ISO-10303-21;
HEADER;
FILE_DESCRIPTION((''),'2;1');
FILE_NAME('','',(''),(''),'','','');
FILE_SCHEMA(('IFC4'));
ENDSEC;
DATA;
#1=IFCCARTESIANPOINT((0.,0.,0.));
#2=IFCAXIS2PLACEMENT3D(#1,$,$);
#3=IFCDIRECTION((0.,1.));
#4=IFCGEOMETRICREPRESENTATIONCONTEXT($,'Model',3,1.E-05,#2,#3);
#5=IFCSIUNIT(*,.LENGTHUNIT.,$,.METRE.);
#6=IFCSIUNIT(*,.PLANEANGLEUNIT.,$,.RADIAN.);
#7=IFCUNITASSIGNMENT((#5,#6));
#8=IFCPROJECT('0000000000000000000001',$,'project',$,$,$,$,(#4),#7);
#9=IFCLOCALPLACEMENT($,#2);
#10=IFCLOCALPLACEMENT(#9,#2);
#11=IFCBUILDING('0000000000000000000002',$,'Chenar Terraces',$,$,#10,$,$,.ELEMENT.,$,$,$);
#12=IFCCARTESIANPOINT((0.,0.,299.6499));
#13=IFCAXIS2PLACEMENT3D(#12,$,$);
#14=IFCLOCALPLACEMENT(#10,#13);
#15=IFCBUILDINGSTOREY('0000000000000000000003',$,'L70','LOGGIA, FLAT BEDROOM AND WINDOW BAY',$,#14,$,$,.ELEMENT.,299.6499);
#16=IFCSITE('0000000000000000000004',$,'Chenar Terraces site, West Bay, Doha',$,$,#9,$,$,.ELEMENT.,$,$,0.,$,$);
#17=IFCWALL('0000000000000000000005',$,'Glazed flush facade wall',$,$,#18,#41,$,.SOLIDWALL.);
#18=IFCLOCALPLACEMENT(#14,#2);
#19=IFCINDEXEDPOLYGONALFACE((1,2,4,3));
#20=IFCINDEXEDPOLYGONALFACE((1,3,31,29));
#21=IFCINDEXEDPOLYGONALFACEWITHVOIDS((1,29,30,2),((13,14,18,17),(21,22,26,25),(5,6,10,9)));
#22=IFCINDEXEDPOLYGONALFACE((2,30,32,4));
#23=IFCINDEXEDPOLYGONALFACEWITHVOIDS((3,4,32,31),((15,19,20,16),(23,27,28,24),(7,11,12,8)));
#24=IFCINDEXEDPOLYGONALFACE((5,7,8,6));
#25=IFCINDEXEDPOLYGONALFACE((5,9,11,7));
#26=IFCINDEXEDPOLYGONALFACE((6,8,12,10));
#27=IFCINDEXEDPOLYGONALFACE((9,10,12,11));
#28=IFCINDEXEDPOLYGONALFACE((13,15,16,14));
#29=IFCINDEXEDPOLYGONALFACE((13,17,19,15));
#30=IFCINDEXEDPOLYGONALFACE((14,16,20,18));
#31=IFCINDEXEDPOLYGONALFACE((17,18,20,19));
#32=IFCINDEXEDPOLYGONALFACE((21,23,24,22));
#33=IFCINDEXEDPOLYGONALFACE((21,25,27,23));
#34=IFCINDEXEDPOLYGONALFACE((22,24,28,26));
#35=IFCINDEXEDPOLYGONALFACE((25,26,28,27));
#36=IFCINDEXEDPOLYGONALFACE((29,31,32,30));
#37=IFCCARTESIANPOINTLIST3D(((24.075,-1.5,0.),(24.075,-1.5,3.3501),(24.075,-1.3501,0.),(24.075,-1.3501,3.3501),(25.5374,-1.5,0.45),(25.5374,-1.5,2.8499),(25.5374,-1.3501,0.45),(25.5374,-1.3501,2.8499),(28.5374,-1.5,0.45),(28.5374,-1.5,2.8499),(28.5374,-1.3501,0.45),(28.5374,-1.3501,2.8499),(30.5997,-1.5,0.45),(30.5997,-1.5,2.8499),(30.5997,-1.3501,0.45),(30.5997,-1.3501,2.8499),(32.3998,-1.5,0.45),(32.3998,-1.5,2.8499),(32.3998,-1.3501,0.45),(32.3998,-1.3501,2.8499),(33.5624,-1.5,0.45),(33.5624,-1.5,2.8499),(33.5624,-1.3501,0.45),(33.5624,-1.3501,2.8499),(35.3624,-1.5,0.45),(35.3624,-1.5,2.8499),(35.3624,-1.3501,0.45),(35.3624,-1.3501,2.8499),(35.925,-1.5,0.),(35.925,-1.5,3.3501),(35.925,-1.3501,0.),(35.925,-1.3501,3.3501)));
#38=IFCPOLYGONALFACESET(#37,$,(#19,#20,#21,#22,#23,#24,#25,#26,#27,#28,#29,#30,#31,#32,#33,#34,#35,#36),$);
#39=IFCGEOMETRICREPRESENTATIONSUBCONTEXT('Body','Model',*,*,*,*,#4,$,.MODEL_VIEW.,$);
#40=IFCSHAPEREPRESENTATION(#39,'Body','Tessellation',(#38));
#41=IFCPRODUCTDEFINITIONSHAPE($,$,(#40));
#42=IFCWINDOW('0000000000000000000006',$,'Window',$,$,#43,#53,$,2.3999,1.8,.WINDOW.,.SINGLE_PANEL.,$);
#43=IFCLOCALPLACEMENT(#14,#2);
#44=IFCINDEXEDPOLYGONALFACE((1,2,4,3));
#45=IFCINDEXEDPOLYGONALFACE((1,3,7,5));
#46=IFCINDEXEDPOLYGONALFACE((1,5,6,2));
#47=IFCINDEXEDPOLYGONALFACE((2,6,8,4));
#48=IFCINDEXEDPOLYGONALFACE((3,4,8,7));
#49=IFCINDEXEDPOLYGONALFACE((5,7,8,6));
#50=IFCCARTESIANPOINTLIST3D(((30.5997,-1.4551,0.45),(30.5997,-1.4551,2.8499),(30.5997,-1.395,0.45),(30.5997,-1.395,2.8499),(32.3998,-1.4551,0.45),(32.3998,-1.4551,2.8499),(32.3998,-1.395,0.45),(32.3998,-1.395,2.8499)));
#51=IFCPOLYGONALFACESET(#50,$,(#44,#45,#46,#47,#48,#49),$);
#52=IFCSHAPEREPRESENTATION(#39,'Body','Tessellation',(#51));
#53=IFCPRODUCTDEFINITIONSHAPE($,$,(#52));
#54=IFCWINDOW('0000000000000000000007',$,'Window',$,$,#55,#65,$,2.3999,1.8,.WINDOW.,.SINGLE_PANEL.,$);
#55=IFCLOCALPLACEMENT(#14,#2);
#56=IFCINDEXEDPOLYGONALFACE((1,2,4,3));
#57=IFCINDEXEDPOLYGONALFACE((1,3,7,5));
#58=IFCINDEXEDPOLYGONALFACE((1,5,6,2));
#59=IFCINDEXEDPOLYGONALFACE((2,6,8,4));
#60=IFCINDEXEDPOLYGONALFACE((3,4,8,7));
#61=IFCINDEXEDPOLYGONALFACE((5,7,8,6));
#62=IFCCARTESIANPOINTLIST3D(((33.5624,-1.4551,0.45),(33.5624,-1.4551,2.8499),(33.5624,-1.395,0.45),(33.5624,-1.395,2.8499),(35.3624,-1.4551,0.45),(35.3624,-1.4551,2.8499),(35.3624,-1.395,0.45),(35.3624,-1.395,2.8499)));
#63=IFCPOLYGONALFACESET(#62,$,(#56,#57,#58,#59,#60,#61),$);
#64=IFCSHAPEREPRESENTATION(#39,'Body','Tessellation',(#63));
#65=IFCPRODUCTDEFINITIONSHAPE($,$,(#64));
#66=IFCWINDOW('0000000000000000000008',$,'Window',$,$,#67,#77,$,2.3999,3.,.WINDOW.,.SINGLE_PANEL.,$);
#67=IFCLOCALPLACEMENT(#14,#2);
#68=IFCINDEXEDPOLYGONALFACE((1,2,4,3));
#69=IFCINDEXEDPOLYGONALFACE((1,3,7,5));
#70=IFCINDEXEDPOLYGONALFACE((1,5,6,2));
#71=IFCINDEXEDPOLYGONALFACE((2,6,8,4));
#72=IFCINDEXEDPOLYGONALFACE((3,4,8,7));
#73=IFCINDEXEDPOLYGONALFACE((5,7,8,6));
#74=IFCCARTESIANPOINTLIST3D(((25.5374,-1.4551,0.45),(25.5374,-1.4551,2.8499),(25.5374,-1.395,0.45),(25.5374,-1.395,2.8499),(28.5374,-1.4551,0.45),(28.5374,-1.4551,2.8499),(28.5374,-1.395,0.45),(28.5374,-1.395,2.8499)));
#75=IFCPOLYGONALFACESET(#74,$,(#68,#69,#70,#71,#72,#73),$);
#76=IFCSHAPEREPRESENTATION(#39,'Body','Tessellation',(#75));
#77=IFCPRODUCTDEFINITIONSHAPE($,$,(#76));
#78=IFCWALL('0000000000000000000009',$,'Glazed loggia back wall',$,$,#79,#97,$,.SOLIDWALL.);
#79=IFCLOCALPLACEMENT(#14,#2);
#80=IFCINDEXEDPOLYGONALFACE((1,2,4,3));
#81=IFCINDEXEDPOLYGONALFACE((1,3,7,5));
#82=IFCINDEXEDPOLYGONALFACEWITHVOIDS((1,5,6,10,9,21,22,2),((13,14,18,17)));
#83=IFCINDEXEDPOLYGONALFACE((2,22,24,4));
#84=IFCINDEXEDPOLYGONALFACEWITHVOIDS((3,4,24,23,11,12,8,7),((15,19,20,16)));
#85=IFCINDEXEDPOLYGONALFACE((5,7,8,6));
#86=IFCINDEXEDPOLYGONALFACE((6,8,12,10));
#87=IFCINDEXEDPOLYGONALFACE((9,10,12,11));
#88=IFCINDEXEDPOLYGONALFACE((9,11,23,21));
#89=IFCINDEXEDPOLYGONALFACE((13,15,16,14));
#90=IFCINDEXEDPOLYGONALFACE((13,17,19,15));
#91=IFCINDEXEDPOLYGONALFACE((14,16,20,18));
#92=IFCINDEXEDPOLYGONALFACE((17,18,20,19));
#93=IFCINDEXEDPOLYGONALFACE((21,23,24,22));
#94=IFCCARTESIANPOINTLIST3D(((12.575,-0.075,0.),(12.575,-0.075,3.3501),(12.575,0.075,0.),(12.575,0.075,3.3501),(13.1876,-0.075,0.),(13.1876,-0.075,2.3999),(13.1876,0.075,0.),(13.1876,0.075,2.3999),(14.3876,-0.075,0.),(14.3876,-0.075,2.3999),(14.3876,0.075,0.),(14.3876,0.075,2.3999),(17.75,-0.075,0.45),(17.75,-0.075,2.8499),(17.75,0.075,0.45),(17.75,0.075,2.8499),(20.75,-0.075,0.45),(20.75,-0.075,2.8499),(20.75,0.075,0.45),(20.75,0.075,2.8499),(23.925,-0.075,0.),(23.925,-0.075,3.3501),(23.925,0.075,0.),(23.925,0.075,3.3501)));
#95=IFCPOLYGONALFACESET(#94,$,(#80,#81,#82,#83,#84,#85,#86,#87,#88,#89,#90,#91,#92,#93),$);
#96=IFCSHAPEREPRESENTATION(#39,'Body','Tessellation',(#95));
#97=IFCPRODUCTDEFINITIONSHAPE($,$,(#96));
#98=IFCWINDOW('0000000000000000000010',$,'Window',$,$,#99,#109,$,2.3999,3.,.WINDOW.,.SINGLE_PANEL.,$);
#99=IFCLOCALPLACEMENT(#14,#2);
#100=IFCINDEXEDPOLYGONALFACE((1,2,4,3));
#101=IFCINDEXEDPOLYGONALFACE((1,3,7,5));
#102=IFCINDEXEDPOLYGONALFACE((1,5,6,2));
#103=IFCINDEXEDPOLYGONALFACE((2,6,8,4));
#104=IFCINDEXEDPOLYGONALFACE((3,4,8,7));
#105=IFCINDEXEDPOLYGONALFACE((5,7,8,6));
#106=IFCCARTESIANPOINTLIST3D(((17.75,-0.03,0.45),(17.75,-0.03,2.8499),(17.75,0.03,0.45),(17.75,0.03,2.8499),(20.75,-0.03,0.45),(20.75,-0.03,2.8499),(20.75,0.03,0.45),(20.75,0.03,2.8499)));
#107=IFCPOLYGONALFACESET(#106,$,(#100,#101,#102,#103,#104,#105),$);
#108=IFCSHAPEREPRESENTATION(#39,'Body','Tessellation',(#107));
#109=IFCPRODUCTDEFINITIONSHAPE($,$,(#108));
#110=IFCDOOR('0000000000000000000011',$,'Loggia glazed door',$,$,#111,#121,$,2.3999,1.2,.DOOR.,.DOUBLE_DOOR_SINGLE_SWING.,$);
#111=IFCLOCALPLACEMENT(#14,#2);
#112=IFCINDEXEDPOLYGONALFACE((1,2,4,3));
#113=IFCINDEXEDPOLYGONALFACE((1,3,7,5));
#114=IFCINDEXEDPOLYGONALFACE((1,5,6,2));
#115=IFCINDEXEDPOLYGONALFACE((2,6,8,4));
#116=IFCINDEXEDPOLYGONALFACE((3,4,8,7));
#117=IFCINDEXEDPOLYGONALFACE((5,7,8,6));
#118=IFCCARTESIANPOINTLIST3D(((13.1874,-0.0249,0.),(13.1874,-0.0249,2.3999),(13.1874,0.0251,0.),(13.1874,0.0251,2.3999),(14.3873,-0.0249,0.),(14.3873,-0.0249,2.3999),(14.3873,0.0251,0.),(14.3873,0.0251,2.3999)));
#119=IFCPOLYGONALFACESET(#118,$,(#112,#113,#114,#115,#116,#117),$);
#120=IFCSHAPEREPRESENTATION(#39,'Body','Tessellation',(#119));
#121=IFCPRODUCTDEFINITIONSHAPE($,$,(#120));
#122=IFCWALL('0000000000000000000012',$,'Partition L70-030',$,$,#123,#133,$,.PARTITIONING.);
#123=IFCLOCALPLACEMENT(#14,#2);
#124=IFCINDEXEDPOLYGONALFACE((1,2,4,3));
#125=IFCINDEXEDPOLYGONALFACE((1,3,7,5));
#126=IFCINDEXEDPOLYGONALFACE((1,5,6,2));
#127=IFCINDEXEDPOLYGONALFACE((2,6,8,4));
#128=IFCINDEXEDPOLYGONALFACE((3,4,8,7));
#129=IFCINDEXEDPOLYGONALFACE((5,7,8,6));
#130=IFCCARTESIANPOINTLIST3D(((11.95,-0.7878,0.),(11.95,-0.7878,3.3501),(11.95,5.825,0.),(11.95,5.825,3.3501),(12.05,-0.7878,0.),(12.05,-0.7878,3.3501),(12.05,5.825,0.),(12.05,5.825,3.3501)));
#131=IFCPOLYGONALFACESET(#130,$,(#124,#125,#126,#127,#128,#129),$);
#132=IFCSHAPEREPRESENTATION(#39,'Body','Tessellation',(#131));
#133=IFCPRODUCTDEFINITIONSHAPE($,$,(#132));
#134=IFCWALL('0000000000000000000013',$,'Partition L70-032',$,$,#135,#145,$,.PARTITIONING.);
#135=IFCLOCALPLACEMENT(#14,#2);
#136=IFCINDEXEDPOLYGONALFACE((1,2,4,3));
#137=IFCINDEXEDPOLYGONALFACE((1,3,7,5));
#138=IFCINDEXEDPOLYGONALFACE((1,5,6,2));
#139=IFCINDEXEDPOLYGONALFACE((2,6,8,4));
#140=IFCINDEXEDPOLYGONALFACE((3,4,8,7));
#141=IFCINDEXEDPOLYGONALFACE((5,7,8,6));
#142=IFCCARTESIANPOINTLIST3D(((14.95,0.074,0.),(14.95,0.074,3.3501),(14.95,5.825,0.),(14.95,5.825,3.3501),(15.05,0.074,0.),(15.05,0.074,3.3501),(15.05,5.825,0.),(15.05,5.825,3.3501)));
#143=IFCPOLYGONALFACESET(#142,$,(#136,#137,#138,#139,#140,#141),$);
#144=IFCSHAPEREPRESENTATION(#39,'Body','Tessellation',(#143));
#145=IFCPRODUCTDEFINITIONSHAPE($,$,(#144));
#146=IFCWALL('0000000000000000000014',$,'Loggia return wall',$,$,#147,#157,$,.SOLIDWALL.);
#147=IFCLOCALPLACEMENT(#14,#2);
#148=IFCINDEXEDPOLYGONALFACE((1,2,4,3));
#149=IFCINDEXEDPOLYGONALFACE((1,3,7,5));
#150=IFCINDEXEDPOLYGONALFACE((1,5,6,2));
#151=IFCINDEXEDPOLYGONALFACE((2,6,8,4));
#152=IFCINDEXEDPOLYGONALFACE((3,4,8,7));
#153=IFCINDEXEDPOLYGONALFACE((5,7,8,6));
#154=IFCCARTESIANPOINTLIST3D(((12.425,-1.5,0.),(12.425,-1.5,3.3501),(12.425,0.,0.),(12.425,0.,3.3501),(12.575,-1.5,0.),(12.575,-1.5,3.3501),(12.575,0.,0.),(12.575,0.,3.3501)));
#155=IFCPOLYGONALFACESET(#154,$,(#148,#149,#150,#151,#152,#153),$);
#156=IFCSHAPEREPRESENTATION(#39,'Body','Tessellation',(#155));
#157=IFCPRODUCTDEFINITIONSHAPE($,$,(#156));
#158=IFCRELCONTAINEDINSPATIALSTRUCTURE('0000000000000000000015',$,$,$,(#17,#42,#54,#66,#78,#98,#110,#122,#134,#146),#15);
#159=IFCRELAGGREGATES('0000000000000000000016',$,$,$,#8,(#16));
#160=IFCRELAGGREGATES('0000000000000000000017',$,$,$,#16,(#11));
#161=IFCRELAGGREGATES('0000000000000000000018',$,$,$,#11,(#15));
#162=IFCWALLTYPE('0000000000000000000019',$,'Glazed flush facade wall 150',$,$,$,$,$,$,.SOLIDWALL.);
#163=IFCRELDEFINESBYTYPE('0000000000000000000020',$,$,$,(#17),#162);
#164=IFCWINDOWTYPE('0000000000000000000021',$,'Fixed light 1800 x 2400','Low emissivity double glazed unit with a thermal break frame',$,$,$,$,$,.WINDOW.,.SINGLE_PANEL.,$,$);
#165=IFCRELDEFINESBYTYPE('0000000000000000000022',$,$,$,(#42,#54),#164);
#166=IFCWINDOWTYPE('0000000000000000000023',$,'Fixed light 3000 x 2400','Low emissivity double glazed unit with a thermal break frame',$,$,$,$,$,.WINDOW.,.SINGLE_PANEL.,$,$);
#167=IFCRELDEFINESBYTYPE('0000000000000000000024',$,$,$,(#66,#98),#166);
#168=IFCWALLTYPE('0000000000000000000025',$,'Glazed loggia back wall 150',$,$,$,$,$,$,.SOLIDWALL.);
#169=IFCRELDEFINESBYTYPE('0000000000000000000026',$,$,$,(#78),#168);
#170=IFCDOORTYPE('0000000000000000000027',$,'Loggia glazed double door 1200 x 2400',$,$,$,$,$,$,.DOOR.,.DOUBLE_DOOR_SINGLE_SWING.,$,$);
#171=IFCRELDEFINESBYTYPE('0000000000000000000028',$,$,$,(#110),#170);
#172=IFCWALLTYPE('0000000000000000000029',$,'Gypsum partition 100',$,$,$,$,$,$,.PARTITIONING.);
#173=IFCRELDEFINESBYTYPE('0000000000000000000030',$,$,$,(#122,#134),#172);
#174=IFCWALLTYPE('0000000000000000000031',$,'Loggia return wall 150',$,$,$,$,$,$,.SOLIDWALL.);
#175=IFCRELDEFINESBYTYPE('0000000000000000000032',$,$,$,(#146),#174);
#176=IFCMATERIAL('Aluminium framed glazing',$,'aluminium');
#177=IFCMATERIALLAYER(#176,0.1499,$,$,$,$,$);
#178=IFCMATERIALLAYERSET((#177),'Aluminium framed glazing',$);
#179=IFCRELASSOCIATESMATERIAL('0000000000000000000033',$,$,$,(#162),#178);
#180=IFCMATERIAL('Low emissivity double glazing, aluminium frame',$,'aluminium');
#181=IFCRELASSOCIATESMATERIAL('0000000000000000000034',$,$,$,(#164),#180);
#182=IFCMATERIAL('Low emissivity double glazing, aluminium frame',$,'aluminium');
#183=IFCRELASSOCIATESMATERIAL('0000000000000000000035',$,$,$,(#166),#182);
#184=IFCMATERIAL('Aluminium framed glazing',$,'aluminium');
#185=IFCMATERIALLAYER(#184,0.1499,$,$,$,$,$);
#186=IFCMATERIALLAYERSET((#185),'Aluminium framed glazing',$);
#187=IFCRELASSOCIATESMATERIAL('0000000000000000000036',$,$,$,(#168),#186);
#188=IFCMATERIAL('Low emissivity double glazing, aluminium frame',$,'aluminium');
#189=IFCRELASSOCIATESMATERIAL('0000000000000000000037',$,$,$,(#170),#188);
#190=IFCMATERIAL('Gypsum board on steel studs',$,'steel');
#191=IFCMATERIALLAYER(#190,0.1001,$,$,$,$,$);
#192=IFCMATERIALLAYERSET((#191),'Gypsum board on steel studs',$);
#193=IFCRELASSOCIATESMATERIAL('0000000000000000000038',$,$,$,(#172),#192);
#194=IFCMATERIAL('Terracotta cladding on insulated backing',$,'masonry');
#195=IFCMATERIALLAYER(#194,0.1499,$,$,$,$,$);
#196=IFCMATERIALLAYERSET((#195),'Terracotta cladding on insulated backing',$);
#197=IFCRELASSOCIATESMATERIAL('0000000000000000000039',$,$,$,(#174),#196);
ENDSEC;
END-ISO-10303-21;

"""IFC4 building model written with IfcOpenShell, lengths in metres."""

from ifc_helpers import new_model, si_unit, direction, frame, frame_2d, origin, place, context, subcontext, project, spatial, rectangle, extrude, material, layer, layer_set, type_object, element, fill, save


model = new_model("IFC4")

# Units and contexts
model_context = context("Model", 3, precision=1e-05, world=origin(), true_north=direction((0.0, 1.0)))
body_context = subcontext(model_context, "Body", "Model", "MODEL_VIEW")
ifc_project = project(units=[si_unit("LENGTHUNIT", "METRE"), si_unit("PLANEANGLEUNIT", "RADIAN")], contexts=[model_context])

# Site, building, storey
site_placement = place(None, origin())
site = spatial("IfcSite", under=ifc_project, at=site_placement, Name="Chenar Terraces site, West Bay, Doha", CompositionType="ELEMENT", RefElevation=0.0)
building_placement = place(site_placement, origin())
building = spatial("IfcBuilding", under=site, at=building_placement, Name="Chenar Terraces", CompositionType="ELEMENT")
storey_placement = place(building_placement, frame((0.0, 0.0, 299.6499)))
storey = spatial("IfcBuildingStorey", under=building, at=storey_placement, Name="L70", Description="LOGGIA, FLAT BEDROOM AND WINDOW BAY", CompositionType="ELEMENT", Elevation=299.6499)

# Wall, openings, windows
ifc_material_1 = material(Name="Aluminium framed glazing", Category="aluminium")
ifc_layer_1 = layer(ifc_material_1, 0.1499)
ifc_layer_set_1 = layer_set([ifc_layer_1], Name="Aluminium framed glazing")
wall_type_1 = type_object("IfcWallType", Name="Glazed flush facade wall 150", PredefinedType="SOLIDWALL", material=ifc_layer_set_1)
wall_1_placement = place(storey_placement, frame((24.075, -1.425, 0.0), z_axis=(0.0, 0.0, 1.0), x_axis=(1.0, 0.0, 0.0)))
wall_1 = element("IfcWall", 1, at=wall_1_placement, inside=storey, type_object=wall_type_1, Name="Glazed flush facade wall", PredefinedType="SOLIDWALL", context=body_context, shape_type="SweptSolid", body=[
    extrude(rectangle(XDim=11.8501, YDim=0.1499, at=frame_2d((5.925, 0.0))), origin(), (0.0, 0.0, 1.0), 3.3501),
])
opening_1_placement = place(wall_1_placement, frame((1.4624, 0.0, 0.45)))
opening_1 = element("IfcOpeningElement", 2, at=opening_1_placement, cuts=wall_1, PredefinedType="OPENING", context=body_context, shape_type="SweptSolid", body=[
    extrude(rectangle(XDim=3.0, YDim=2.3999, at=frame_2d((1.5, 1.2))), frame((0.0, 0.085, 0.0), z_axis=(0.0, -1.0, 0.0), x_axis=(1.0, 0.0, 0.0)), (0.0, 0.0, 1.0), 0.1699),
])
opening_2_placement = place(wall_1_placement, frame((6.5249, 0.0, 0.45)))
opening_2 = element("IfcOpeningElement", 3, at=opening_2_placement, cuts=wall_1, PredefinedType="OPENING", context=body_context, shape_type="SweptSolid", body=[
    extrude(rectangle(XDim=1.8, YDim=2.3999, at=frame_2d((0.8999, 1.2))), frame((0.0, 0.085, 0.0), z_axis=(0.0, -1.0, 0.0), x_axis=(1.0, 0.0, 0.0)), (0.0, 0.0, 1.0), 0.1699),
])
opening_3_placement = place(wall_1_placement, frame((9.4875, 0.0, 0.45)))
opening_3 = element("IfcOpeningElement", 4, at=opening_3_placement, cuts=wall_1, PredefinedType="OPENING", context=body_context, shape_type="SweptSolid", body=[
    extrude(rectangle(XDim=1.8, YDim=2.3999, at=frame_2d((0.8999, 1.2))), frame((0.0, 0.085, 0.0), z_axis=(0.0, -1.0, 0.0), x_axis=(1.0, 0.0, 0.0)), (0.0, 0.0, 1.0), 0.1699),
])
ifc_material_2 = material(Name="Low emissivity double glazing, aluminium frame", Category="aluminium")
window_type_1 = type_object("IfcWindowType", Name="Fixed light 1800 x 2400", Description="Low emissivity double glazed unit with a thermal break frame", PartitioningType="SINGLE_PANEL", PredefinedType="WINDOW", material=ifc_material_2)
window_1_placement = place(opening_2_placement, origin())
window_1 = element("IfcWindow", 5, at=window_1_placement, inside=storey, type_object=window_type_1, Name="Window", OverallHeight=2.3999, OverallWidth=1.8, PartitioningType="SINGLE_PANEL", PredefinedType="WINDOW", context=body_context, shape_type="SweptSolid", body=[
    extrude(rectangle(XDim=1.8, YDim=2.3999, at=frame_2d((0.8999, 1.2))), frame((0.0, 0.03, 0.0), z_axis=(0.0, -1.0, 0.0), x_axis=(1.0, 0.0, 0.0)), (0.0, 0.0, 1.0), 0.0601),
])
fill(opening_2, window_1)
window_2_placement = place(opening_3_placement, origin())
window_2 = element("IfcWindow", 6, at=window_2_placement, inside=storey, type_object=window_type_1, Name="Window", OverallHeight=2.3999, OverallWidth=1.8, PartitioningType="SINGLE_PANEL", PredefinedType="WINDOW", context=body_context, shape_type="SweptSolid", body=[
    extrude(rectangle(XDim=1.8, YDim=2.3999, at=frame_2d((0.8999, 1.2))), frame((0.0, 0.03, 0.0), z_axis=(0.0, -1.0, 0.0), x_axis=(1.0, 0.0, 0.0)), (0.0, 0.0, 1.0), 0.0601),
])
fill(opening_3, window_2)
ifc_material_3 = material(Name="Low emissivity double glazing, aluminium frame", Category="aluminium")
window_type_2 = type_object("IfcWindowType", Name="Fixed light 3000 x 2400", Description="Low emissivity double glazed unit with a thermal break frame", PartitioningType="SINGLE_PANEL", PredefinedType="WINDOW", material=ifc_material_3)
window_3_placement = place(opening_1_placement, origin())
window_3 = element("IfcWindow", 7, at=window_3_placement, inside=storey, type_object=window_type_2, Name="Window", OverallHeight=2.3999, OverallWidth=3.0, PartitioningType="SINGLE_PANEL", PredefinedType="WINDOW", context=body_context, shape_type="SweptSolid", body=[
    extrude(rectangle(XDim=3.0, YDim=2.3999, at=frame_2d((1.5, 1.2))), frame((0.0, 0.03, 0.0), z_axis=(0.0, -1.0, 0.0), x_axis=(1.0, 0.0, 0.0)), (0.0, 0.0, 1.0), 0.0601),
])
fill(opening_1, window_3)

# Wall, openings, window, door
ifc_material_4 = material(Name="Aluminium framed glazing", Category="aluminium")
ifc_layer_2 = layer(ifc_material_4, 0.1499)
ifc_layer_set_2 = layer_set([ifc_layer_2], Name="Aluminium framed glazing")
wall_type_2 = type_object("IfcWallType", Name="Glazed loggia back wall 150", PredefinedType="SOLIDWALL", material=ifc_layer_set_2)
wall_2_placement = place(storey_placement, frame((12.575, 0.0, 0.0), z_axis=(0.0, 0.0, 1.0), x_axis=(1.0, 0.0, 0.0)))
wall_2 = element("IfcWall", 8, at=wall_2_placement, inside=storey, type_object=wall_type_2, Name="Glazed loggia back wall", PredefinedType="SOLIDWALL", context=body_context, shape_type="SweptSolid", body=[
    extrude(rectangle(XDim=11.3501, YDim=0.1499, at=frame_2d((5.675, 0.0))), origin(), (0.0, 0.0, 1.0), 3.3501),
])
opening_4_placement = place(wall_2_placement, frame((0.6125, 0.0, 0.0)))
opening_4 = element("IfcOpeningElement", 9, at=opening_4_placement, cuts=wall_2, PredefinedType="OPENING", context=body_context, shape_type="SweptSolid", body=[
    extrude(rectangle(XDim=1.2, YDim=2.3999, at=frame_2d((0.6001, 1.2))), frame((0.0, 0.085, 0.0), z_axis=(0.0, -1.0, 0.0), x_axis=(1.0, 0.0, 0.0)), (0.0, 0.0, 1.0), 0.1699),
])
opening_5_placement = place(wall_2_placement, frame((5.175, 0.0, 0.45)))
opening_5 = element("IfcOpeningElement", 10, at=opening_5_placement, cuts=wall_2, PredefinedType="OPENING", context=body_context, shape_type="SweptSolid", body=[
    extrude(rectangle(XDim=3.0, YDim=2.3999, at=frame_2d((1.5, 1.2))), frame((0.0, 0.085, 0.0), z_axis=(0.0, -1.0, 0.0), x_axis=(1.0, 0.0, 0.0)), (0.0, 0.0, 1.0), 0.1699),
])
window_4_placement = place(opening_5_placement, origin())
window_4 = element("IfcWindow", 11, at=window_4_placement, inside=storey, type_object=window_type_2, Name="Window", OverallHeight=2.3999, OverallWidth=3.0, PartitioningType="SINGLE_PANEL", PredefinedType="WINDOW", context=body_context, shape_type="SweptSolid", body=[
    extrude(rectangle(XDim=3.0, YDim=2.3999, at=frame_2d((1.5, 1.2))), frame((0.0, 0.03, 0.0), z_axis=(0.0, -1.0, 0.0), x_axis=(1.0, 0.0, 0.0)), (0.0, 0.0, 1.0), 0.0601),
])
fill(opening_5, window_4)
ifc_material_5 = material(Name="Low emissivity double glazing, aluminium frame", Category="aluminium")
door_type_1 = type_object("IfcDoorType", Name="Loggia glazed double door 1200 x 2400", OperationType="DOUBLE_DOOR_SINGLE_SWING", PredefinedType="DOOR", material=ifc_material_5)
door_1_placement = place(opening_4_placement, frame((1.2, 0.0, 0.0), z_axis=(0.0, 0.0, 1.0), x_axis=(-1.0, 0.0, 0.0)))
door_1 = element("IfcDoor", 12, at=door_1_placement, inside=storey, type_object=door_type_1, Name="Loggia glazed door", OperationType="DOUBLE_DOOR_SINGLE_SWING", OverallHeight=2.3999, OverallWidth=1.2, PredefinedType="DOOR", context=body_context, shape_type="SweptSolid", body=[
    extrude(rectangle(XDim=1.2, YDim=2.3999, at=frame_2d((0.6001, 1.2))), frame((0.0, 0.0249, 0.0), z_axis=(0.0, -1.0, 0.0), x_axis=(1.0, 0.0, 0.0)), (0.0, 0.0, 1.0), 0.05),
])
fill(opening_4, door_1)

# Walls
ifc_material_6 = material(Name="Gypsum board on steel studs", Category="steel")
ifc_layer_3 = layer(ifc_material_6, 0.1001)
ifc_layer_set_3 = layer_set([ifc_layer_3], Name="Gypsum board on steel studs")
wall_type_3 = type_object("IfcWallType", Name="Gypsum partition 100", PredefinedType="PARTITIONING", material=ifc_layer_set_3)
wall_3_placement = place(storey_placement, frame((12.0, -0.7878, 0.0), z_axis=(0.0, 0.0, 1.0), x_axis=(0.0, 1.0, 0.0)))
element("IfcWall", 13, at=wall_3_placement, inside=storey, type_object=wall_type_3, Name="Partition L70-030", PredefinedType="PARTITIONING", context=body_context, shape_type="SweptSolid", body=[
    extrude(rectangle(XDim=6.6128, YDim=0.1001, at=frame_2d((3.3064, 0.0))), origin(), (0.0, 0.0, 1.0), 3.3501),
])
wall_4_placement = place(storey_placement, frame((15.0, 0.074, 0.0), z_axis=(0.0, 0.0, 1.0), x_axis=(0.0, 1.0, 0.0)))
element("IfcWall", 14, at=wall_4_placement, inside=storey, type_object=wall_type_3, Name="Partition L70-032", PredefinedType="PARTITIONING", context=body_context, shape_type="SweptSolid", body=[
    extrude(rectangle(XDim=5.751, YDim=0.1001, at=frame_2d((2.8755, 0.0))), origin(), (0.0, 0.0, 1.0), 3.3501),
])
ifc_material_7 = material(Name="Terracotta cladding on insulated backing", Category="masonry")
ifc_layer_4 = layer(ifc_material_7, 0.1499)
ifc_layer_set_4 = layer_set([ifc_layer_4], Name="Terracotta cladding on insulated backing")
wall_type_4 = type_object("IfcWallType", Name="Loggia return wall 150", PredefinedType="SOLIDWALL", material=ifc_layer_set_4)
for number, where, z_axis, x_axis, name in (
    (15, (12.5, -1.5, 0.0), (0.0, 0.0, 1.0), (0.0, 1.0, 0.0), "Loggia return wall"),
):
    element("IfcWall", number, at=place(storey_placement, frame(where, z_axis=z_axis, x_axis=x_axis)), inside=storey, type_object=wall_type_4, Name=name, PredefinedType="SOLIDWALL", context=body_context, shape_type="SweptSolid", body=[
        extrude(rectangle(XDim=1.5, YDim=0.1499, at=frame_2d((0.75, 0.0))), origin(), (0.0, 0.0, 1.0), 3.3501),
    ])

save(model, "model.ifc")
